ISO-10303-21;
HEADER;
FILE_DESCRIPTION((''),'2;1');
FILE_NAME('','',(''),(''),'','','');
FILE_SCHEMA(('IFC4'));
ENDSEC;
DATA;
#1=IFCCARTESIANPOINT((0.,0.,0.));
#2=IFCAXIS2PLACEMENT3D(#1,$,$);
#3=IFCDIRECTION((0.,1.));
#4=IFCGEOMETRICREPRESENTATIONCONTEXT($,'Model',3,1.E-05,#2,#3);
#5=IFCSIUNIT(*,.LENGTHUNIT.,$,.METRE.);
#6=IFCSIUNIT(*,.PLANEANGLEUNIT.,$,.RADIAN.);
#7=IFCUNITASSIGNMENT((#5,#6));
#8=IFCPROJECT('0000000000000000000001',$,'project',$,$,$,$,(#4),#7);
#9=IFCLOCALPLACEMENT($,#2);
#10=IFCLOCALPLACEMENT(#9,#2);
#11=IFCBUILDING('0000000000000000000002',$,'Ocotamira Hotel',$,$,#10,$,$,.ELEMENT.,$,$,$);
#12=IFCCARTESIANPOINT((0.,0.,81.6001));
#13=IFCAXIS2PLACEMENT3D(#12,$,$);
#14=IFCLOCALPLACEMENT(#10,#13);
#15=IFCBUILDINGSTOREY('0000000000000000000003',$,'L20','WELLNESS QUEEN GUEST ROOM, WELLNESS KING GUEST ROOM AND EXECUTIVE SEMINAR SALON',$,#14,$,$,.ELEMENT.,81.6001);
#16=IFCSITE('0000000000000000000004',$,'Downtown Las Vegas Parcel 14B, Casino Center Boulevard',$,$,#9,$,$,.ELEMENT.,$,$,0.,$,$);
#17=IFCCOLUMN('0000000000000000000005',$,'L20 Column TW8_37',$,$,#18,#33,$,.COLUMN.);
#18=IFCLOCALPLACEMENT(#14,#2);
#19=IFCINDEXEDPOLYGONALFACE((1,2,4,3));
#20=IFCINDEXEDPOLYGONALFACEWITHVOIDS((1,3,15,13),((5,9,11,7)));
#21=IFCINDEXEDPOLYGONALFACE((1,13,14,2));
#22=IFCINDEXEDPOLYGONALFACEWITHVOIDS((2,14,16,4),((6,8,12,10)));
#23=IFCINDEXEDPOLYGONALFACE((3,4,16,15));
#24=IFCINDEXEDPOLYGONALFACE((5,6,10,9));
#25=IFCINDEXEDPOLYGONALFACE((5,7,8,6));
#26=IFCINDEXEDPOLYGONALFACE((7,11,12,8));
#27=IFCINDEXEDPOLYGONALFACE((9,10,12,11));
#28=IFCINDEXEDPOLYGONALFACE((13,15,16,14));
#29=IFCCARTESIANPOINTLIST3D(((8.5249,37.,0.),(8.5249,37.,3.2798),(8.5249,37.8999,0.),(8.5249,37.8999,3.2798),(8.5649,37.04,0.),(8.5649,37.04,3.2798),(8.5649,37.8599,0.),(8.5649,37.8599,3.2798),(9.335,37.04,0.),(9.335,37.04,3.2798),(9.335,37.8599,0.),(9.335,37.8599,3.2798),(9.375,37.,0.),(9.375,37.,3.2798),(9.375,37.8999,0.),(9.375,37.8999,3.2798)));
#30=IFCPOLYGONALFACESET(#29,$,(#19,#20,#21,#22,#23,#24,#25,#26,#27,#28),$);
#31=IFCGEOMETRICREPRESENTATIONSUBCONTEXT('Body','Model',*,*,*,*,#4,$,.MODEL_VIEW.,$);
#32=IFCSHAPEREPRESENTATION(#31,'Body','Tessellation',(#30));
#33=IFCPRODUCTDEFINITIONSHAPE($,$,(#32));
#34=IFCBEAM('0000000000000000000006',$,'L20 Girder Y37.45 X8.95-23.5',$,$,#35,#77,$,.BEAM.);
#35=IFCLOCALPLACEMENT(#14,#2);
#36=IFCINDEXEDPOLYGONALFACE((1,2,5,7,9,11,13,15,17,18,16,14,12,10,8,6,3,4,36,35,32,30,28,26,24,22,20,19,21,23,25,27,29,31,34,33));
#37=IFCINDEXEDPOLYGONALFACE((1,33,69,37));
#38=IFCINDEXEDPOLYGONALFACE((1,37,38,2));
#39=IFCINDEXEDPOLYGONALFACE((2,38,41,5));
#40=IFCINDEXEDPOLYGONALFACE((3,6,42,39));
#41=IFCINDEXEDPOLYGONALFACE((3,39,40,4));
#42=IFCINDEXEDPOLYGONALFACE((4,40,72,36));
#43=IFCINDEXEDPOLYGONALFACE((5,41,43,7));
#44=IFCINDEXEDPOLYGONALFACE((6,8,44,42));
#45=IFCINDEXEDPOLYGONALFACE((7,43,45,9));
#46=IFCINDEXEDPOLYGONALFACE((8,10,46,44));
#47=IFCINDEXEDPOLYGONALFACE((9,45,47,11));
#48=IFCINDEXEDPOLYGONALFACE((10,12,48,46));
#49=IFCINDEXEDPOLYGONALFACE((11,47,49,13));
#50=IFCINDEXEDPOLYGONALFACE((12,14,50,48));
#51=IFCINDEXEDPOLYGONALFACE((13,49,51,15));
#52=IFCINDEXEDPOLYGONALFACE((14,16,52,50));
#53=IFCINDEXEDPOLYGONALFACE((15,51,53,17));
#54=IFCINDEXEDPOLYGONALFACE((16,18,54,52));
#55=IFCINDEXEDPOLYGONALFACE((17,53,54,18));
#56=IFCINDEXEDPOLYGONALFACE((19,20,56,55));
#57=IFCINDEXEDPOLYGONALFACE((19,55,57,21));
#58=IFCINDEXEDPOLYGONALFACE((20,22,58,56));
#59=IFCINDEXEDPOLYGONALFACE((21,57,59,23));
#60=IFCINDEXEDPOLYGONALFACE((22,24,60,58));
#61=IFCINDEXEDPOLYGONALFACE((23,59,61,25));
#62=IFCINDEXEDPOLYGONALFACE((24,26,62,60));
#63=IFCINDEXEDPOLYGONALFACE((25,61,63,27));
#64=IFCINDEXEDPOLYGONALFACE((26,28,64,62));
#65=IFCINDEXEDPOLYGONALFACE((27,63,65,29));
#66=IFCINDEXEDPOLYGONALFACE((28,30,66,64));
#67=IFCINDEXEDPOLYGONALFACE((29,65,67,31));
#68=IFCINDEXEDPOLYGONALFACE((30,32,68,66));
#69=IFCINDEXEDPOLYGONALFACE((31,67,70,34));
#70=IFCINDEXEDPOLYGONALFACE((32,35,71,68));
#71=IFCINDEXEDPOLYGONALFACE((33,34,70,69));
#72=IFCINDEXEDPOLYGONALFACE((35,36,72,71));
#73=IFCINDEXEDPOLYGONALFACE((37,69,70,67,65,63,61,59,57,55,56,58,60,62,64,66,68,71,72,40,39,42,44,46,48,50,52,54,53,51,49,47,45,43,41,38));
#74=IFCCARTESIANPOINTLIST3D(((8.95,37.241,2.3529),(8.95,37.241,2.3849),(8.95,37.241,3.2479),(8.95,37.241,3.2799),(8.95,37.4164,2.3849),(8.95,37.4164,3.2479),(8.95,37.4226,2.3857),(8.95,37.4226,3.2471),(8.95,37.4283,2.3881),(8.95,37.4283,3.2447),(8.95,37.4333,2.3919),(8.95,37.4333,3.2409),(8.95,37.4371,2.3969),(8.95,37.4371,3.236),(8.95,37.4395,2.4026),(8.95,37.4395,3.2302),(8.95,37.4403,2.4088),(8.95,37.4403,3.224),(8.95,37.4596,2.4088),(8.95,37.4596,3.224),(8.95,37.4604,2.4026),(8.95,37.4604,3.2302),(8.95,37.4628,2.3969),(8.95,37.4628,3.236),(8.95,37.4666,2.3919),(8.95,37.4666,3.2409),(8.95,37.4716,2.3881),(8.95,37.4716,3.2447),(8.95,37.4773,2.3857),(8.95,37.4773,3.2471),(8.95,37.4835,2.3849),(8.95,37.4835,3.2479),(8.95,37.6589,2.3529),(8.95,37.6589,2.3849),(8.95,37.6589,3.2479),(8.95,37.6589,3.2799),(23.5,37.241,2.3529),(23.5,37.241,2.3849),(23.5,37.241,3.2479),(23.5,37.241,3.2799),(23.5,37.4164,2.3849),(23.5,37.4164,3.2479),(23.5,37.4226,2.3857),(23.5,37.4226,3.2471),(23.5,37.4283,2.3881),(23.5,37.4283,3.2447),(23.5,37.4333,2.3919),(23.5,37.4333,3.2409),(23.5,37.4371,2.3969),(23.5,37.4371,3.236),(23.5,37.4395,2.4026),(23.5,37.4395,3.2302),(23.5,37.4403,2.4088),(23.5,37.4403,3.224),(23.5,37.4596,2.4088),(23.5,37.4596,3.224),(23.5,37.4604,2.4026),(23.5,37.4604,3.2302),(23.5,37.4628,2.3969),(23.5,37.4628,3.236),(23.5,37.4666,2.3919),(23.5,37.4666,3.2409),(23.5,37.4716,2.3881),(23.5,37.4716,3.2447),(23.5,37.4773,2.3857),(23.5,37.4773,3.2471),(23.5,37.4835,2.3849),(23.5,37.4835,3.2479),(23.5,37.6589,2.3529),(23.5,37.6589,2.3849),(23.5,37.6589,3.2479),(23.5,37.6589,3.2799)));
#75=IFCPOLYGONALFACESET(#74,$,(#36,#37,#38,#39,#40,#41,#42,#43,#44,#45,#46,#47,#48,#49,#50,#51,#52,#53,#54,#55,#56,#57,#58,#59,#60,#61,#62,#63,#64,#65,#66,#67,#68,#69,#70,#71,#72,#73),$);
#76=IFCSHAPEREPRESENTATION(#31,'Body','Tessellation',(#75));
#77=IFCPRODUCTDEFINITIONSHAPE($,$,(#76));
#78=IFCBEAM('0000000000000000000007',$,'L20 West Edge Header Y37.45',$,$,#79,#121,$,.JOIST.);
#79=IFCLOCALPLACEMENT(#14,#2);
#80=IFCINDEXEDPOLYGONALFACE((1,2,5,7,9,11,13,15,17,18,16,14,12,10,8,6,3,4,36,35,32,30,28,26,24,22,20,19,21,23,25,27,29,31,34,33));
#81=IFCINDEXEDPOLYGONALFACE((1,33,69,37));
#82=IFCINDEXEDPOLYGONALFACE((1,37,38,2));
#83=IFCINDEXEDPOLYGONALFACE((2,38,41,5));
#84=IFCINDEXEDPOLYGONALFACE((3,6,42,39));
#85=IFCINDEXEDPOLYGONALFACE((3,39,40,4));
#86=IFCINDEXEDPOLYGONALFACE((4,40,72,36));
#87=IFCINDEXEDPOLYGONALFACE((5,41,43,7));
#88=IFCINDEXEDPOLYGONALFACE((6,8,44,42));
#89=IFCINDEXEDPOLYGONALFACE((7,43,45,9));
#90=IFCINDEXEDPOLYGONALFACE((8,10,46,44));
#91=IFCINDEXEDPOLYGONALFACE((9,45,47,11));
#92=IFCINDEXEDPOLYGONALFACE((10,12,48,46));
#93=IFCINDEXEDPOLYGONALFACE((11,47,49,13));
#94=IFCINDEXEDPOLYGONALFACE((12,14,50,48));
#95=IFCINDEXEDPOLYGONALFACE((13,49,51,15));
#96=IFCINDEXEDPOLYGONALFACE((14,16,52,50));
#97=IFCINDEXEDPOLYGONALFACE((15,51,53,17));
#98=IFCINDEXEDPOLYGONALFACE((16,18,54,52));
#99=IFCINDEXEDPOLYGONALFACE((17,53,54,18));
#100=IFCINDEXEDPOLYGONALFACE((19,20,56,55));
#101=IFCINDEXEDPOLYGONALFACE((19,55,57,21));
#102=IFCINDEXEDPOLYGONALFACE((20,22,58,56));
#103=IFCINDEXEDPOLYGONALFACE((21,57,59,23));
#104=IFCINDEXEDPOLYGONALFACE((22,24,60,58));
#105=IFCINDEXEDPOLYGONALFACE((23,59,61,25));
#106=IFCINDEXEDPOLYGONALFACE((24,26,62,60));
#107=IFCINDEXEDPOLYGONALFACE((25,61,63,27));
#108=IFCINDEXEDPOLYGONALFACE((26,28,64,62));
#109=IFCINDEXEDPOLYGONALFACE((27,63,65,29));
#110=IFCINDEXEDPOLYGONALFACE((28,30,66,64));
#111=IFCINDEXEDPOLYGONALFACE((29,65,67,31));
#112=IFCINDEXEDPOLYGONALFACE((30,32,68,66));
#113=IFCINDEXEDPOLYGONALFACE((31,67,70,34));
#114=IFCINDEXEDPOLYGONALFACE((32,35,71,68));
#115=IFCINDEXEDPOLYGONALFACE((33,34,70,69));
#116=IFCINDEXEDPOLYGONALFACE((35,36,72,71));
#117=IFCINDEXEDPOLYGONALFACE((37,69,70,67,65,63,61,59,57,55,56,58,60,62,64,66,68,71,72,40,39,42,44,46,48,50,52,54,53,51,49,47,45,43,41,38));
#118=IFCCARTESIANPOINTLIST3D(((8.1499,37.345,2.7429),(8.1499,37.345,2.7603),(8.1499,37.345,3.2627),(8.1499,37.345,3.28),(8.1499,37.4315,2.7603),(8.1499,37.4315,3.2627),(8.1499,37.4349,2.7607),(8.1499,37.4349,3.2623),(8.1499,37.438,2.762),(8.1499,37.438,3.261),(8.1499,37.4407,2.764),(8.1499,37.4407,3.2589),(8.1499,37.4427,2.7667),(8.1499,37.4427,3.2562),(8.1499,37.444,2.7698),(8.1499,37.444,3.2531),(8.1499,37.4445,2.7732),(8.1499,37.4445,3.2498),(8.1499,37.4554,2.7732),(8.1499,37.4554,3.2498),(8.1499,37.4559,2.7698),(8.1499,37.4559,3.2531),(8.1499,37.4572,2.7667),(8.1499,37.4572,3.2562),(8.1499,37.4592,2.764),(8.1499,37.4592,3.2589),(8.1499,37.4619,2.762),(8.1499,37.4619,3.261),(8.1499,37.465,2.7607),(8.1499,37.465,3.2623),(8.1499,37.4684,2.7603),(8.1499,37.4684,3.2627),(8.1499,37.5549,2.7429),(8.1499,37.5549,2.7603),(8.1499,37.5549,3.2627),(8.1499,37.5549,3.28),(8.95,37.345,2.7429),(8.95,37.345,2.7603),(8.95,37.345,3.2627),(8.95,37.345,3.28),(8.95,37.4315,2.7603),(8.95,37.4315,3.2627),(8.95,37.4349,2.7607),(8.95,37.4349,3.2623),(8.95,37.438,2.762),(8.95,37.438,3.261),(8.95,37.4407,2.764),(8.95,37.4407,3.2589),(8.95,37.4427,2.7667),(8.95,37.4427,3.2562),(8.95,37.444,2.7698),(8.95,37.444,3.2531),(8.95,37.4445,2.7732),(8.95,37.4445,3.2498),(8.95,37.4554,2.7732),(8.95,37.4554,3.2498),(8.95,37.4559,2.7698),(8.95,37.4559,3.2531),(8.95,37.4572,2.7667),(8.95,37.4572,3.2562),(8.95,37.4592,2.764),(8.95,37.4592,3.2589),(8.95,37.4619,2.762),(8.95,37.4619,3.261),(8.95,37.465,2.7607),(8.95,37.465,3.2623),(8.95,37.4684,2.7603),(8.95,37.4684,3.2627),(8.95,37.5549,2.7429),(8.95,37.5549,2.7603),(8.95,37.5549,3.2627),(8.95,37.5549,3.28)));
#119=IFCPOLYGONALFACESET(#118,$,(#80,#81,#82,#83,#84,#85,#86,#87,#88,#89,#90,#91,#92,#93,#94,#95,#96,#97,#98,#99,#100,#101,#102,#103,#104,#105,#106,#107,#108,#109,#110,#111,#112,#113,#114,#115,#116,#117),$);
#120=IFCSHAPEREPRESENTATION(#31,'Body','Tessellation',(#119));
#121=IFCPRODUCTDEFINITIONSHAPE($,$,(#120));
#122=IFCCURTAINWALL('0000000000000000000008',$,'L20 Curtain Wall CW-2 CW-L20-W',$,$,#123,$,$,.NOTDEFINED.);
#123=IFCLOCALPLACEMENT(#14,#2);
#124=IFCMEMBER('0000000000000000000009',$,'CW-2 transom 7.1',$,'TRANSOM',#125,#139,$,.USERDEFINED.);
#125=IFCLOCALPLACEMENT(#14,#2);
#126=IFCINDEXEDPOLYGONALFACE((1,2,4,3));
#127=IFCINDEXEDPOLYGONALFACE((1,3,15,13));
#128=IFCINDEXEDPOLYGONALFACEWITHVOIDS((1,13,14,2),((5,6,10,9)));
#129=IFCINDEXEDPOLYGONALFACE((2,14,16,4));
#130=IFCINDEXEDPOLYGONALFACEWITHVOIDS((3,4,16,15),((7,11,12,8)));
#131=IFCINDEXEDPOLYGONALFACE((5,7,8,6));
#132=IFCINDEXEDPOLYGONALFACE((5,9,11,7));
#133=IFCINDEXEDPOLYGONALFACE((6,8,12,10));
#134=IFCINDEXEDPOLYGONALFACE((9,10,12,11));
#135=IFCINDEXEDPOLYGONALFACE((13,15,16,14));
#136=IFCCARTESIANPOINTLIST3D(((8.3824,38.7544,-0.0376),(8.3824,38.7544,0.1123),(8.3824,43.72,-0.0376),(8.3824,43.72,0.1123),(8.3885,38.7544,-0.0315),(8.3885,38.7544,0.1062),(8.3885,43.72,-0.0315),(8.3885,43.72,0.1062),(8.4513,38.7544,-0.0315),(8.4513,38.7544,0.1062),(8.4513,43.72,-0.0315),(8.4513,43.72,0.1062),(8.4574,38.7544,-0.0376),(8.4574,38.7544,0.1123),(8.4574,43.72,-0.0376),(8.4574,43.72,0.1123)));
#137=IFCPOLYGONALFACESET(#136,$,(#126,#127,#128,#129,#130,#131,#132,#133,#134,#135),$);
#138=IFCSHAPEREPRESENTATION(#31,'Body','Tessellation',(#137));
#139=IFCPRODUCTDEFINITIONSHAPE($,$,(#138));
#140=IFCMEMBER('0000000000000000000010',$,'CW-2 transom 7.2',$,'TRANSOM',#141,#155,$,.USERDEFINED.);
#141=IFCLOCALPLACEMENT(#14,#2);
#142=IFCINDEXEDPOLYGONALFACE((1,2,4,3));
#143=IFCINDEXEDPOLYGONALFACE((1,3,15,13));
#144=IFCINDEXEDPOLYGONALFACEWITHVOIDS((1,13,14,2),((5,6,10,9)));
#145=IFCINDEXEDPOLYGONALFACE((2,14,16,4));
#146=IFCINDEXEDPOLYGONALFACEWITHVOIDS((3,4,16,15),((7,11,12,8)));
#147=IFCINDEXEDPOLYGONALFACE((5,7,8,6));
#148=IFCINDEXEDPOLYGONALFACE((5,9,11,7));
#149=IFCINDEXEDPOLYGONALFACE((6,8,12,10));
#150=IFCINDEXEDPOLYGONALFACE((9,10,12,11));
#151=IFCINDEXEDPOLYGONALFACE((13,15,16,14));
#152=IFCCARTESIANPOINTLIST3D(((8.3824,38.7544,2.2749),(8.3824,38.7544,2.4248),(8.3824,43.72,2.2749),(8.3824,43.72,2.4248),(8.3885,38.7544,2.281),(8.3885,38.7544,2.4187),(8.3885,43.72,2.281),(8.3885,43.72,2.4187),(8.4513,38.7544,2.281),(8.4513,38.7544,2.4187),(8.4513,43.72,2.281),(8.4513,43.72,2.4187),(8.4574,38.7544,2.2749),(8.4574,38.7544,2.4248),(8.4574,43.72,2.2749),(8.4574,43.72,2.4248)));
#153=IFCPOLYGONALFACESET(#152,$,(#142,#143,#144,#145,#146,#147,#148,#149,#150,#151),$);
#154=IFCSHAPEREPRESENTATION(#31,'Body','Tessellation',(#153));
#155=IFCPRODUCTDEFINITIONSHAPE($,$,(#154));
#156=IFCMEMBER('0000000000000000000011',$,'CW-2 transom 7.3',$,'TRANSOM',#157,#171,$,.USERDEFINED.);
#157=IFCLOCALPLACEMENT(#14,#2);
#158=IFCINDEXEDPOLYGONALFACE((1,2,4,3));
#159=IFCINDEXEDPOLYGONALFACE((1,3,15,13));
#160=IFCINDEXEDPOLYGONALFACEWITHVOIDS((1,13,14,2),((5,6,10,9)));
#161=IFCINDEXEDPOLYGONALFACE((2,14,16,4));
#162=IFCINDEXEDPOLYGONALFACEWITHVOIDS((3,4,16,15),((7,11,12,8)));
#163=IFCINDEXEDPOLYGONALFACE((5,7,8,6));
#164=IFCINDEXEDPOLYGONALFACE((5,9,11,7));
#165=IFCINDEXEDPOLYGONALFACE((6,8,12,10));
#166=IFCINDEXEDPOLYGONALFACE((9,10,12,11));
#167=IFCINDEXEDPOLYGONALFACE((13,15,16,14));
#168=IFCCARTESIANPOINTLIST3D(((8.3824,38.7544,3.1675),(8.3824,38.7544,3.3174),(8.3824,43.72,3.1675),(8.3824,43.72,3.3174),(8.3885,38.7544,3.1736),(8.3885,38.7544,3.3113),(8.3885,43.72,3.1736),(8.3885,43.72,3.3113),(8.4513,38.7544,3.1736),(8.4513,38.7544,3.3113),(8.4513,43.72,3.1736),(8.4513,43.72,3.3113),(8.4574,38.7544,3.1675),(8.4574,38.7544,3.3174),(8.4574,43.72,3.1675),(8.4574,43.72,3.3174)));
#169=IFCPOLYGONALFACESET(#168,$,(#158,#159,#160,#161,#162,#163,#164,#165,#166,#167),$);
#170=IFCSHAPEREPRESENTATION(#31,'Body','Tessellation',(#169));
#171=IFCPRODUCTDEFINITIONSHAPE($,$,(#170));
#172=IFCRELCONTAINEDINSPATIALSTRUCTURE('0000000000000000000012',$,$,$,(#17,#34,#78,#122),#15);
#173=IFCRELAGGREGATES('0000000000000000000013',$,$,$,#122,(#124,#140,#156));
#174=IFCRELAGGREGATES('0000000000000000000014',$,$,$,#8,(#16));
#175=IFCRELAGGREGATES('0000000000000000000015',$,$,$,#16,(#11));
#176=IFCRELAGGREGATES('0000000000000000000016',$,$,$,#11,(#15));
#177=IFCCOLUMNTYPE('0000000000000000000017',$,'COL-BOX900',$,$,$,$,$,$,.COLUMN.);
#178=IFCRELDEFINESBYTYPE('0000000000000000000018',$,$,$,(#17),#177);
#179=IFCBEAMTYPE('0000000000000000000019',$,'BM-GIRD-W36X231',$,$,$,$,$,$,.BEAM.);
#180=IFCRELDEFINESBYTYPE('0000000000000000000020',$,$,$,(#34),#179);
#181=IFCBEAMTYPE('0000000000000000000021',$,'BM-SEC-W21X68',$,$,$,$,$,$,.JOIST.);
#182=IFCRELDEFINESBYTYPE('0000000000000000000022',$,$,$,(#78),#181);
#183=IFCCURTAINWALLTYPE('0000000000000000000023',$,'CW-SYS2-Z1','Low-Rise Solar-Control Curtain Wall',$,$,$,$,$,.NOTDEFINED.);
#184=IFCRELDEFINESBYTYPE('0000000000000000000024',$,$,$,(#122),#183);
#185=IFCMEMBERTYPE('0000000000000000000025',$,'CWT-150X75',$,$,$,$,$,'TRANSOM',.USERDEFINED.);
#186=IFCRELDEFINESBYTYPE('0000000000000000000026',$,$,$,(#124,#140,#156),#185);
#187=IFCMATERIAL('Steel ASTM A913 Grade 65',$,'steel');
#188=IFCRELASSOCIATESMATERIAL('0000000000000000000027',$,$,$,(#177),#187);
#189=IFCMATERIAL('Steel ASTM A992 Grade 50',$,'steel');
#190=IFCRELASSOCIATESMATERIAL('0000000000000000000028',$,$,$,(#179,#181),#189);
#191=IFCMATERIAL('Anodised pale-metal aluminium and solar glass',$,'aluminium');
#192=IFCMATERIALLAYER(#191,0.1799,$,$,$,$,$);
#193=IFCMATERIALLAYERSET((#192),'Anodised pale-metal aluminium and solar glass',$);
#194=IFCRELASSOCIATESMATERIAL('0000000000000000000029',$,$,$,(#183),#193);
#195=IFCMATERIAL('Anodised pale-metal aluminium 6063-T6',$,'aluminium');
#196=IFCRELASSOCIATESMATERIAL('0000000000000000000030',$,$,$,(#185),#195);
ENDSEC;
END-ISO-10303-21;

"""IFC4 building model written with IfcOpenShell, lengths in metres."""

from ifc_helpers import new_model, si_unit, direction, frame, origin, origin_2d, place, context, subcontext, project, spatial, hollow_rectangle, i_section, extrude, source, transform, mapped, material, layer, layer_set, material_profile, profile_set, type_object, element, aggregate, save


model = new_model("IFC4")

# Units and contexts
model_context = context("Model", 3, precision=1e-05, world=origin(), true_north=direction((0.0, 1.0)))
body_context = subcontext(model_context, "Body", "Model", "MODEL_VIEW")
ifc_project = project(units=[si_unit("LENGTHUNIT", "METRE"), si_unit("PLANEANGLEUNIT", "RADIAN")], contexts=[model_context])

# Site, building, storey
site_placement = place(None, origin())
site = spatial("IfcSite", under=ifc_project, at=site_placement, Name="Downtown Las Vegas Parcel 14B, Casino Center Boulevard", CompositionType="ELEMENT", RefElevation=0.0)
building_placement = place(site_placement, origin())
building = spatial("IfcBuilding", under=site, at=building_placement, Name="Ocotamira Hotel", CompositionType="ELEMENT")
storey_placement = place(building_placement, frame((0.0, 0.0, 81.6001)))
storey = spatial("IfcBuildingStorey", under=building, at=storey_placement, Name="L20", Description="WELLNESS QUEEN GUEST ROOM, WELLNESS KING GUEST ROOM AND EXECUTIVE SEMINAR SALON", CompositionType="ELEMENT", Elevation=81.6001)

# Column
ifc_material_1 = material(Name="Steel ASTM A913 Grade 65", Category="steel")
ifc_material_profile_1 = material_profile(ifc_material_1, hollow_rectangle(XDim=0.8501, YDim=0.8999, WallThickness=0.04, at=origin_2d()), Name="BOX900X850X40")
ifc_profile_set_1 = profile_set([ifc_material_profile_1], Name="Steel ASTM A913 Grade 65")
column_type = type_object("IfcColumnType", Name="COL-BOX900", PredefinedType="COLUMN", material=ifc_profile_set_1)
shared_shape_1 = source(origin(), body_context, "Body", "SweptSolid", [
    extrude(hollow_rectangle(XDim=0.8501, YDim=0.8999, WallThickness=0.04, at=origin_2d()), origin(), (0.0, 0.0, 1.0), 3.2798),
])
column_placement = place(storey_placement, frame((8.95, 37.45, 0.0), z_axis=(0.0, 0.0, 1.0), x_axis=(1.0, 0.0, 0.0)))
element("IfcColumn", 1, at=column_placement, inside=storey, type_object=column_type, Name="L20 Column TW8_37", PredefinedType="COLUMN", context=body_context, shape_type="MappedRepresentation", body=[
    mapped(shared_shape_1, transform((0.0, 0.0, 0.0), scale=1.0)),
])

# Beams
ifc_material_2 = material(Name="Steel ASTM A992 Grade 50", Category="steel")
ifc_material_profile_2 = material_profile(ifc_material_2, i_section(OverallWidth=0.418, OverallDepth=0.927, WebThickness=0.0193, FlangeThickness=0.032, FilletRadius=0.0239, at=origin_2d()), Name="W36X231")
ifc_profile_set_2 = profile_set([ifc_material_profile_2], Name="Steel ASTM A992 Grade 50")
beam_type_1 = type_object("IfcBeamType", Name="BM-GIRD-W36X231", PredefinedType="BEAM", material=ifc_profile_set_2)
shared_shape_2 = source(origin(), body_context, "Body", "SweptSolid", [
    extrude(i_section(OverallWidth=0.418, OverallDepth=0.927, WebThickness=0.0193, FlangeThickness=0.032, FilletRadius=0.0239, at=origin_2d()), origin(), (0.0, 0.0, 1.0), 14.55),
])
beam_1_placement = place(storey_placement, frame((8.95, 37.45, 2.8164), z_axis=(1.0, 0.0, 0.0), x_axis=(0.0, 1.0, 0.0)))
element("IfcBeam", 2, at=beam_1_placement, inside=storey, type_object=beam_type_1, Name="L20 Girder Y37.45 X8.95-23.5", PredefinedType="BEAM", context=body_context, shape_type="MappedRepresentation", body=[
    mapped(shared_shape_2, transform((0.0, 0.0, 0.0), scale=1.0)),
])
ifc_material_profile_3 = material_profile(ifc_material_2, i_section(OverallWidth=0.21, OverallDepth=0.5371, WebThickness=0.011, FlangeThickness=0.0173, FilletRadius=0.0129, at=origin_2d()), Name="W21X68")
ifc_profile_set_3 = profile_set([ifc_material_profile_3], Name="Steel ASTM A992 Grade 50")
beam_type_2 = type_object("IfcBeamType", Name="BM-SEC-W21X68", PredefinedType="JOIST", material=ifc_profile_set_3)
shared_shape_3 = source(origin(), body_context, "Body", "SweptSolid", [
    extrude(i_section(OverallWidth=0.21, OverallDepth=0.5371, WebThickness=0.011, FlangeThickness=0.0173, FilletRadius=0.0129, at=origin_2d()), origin(), (0.0, 0.0, 1.0), 0.8),
])
beam_2_placement = place(storey_placement, frame((8.95, 37.45, 3.0115), z_axis=(-1.0, 0.0, 0.0), x_axis=(0.0, -1.0, 0.0)))
element("IfcBeam", 3, at=beam_2_placement, inside=storey, type_object=beam_type_2, Name="L20 West Edge Header Y37.45", PredefinedType="JOIST", context=body_context, shape_type="MappedRepresentation", body=[
    mapped(shared_shape_3, transform((0.0, 0.0, 0.0), scale=1.0)),
])

# Curtain wall, members
ifc_material_3 = material(Name="Anodised pale-metal aluminium and solar glass", Category="aluminium")
ifc_layer_1 = layer(ifc_material_3, 0.1799)
ifc_layer_set_1 = layer_set([ifc_layer_1], Name="Anodised pale-metal aluminium and solar glass")
curtain_wall_type = type_object("IfcCurtainWallType", Name="CW-SYS2-Z1", Description="Low-Rise Solar-Control Curtain Wall", PredefinedType="NOTDEFINED", material=ifc_layer_set_1)
curtain_wall_placement = place(storey_placement, origin())
curtain_wall = element("IfcCurtainWall", 4, at=curtain_wall_placement, inside=storey, type_object=curtain_wall_type, Name="L20 Curtain Wall CW-2 CW-L20-W", PredefinedType="NOTDEFINED")
ifc_material_4 = material(Name="Anodised pale-metal aluminium 6063-T6", Category="aluminium")
ifc_material_profile_4 = material_profile(ifc_material_4, hollow_rectangle(XDim=0.075, YDim=0.1499, WallThickness=0.0061, at=origin_2d()), Name="HSS150X75X6")
ifc_profile_set_4 = profile_set([ifc_material_profile_4], Name="Anodised pale-metal aluminium 6063-T6")
member_type_1 = type_object("IfcMemberType", Name="CWT-150X75", ElementType="TRANSOM", PredefinedType="USERDEFINED", material=ifc_profile_set_4)
shared_shape_4 = source(origin(), body_context, "Body", "SweptSolid", [
    extrude(hollow_rectangle(XDim=0.075, YDim=0.1499, WallThickness=0.0061, at=origin_2d()), origin(), (0.0, 0.0, 1.0), 4.9656),
])
member_1_placement = place(storey_placement, frame((8.4199, 38.7544, 0.0374), z_axis=(0.0, 1.0, 0.0), x_axis=(-1.0, 0.0, 0.0)))
member_1 = element("IfcMember", 5, at=member_1_placement, type_object=member_type_1, Name="CW-2 transom 7.1", ObjectType="TRANSOM", PredefinedType="USERDEFINED", context=body_context, shape_type="MappedRepresentation", body=[
    mapped(shared_shape_4, transform((0.0, 0.0, 0.0), scale=1.0)),
])
member_2_placement = place(storey_placement, frame((8.4199, 38.7544, 2.3499), z_axis=(0.0, 1.0, 0.0), x_axis=(-1.0, 0.0, 0.0)))
member_2 = element("IfcMember", 6, at=member_2_placement, type_object=member_type_1, Name="CW-2 transom 7.2", ObjectType="TRANSOM", PredefinedType="USERDEFINED", context=body_context, shape_type="MappedRepresentation", body=[
    mapped(shared_shape_4, transform((0.0, 0.0, 0.0), scale=1.0)),
])
member_3_placement = place(storey_placement, frame((8.4199, 38.7544, 3.2424), z_axis=(0.0, 1.0, 0.0), x_axis=(-1.0, 0.0, 0.0)))
member_3 = element("IfcMember", 7, at=member_3_placement, type_object=member_type_1, Name="CW-2 transom 7.3", ObjectType="TRANSOM", PredefinedType="USERDEFINED", context=body_context, shape_type="MappedRepresentation", body=[
    mapped(shared_shape_4, transform((0.0, 0.0, 0.0), scale=1.0)),
])

aggregate(curtain_wall, [member_1, member_2, member_3])

save(model, "model.ifc")
